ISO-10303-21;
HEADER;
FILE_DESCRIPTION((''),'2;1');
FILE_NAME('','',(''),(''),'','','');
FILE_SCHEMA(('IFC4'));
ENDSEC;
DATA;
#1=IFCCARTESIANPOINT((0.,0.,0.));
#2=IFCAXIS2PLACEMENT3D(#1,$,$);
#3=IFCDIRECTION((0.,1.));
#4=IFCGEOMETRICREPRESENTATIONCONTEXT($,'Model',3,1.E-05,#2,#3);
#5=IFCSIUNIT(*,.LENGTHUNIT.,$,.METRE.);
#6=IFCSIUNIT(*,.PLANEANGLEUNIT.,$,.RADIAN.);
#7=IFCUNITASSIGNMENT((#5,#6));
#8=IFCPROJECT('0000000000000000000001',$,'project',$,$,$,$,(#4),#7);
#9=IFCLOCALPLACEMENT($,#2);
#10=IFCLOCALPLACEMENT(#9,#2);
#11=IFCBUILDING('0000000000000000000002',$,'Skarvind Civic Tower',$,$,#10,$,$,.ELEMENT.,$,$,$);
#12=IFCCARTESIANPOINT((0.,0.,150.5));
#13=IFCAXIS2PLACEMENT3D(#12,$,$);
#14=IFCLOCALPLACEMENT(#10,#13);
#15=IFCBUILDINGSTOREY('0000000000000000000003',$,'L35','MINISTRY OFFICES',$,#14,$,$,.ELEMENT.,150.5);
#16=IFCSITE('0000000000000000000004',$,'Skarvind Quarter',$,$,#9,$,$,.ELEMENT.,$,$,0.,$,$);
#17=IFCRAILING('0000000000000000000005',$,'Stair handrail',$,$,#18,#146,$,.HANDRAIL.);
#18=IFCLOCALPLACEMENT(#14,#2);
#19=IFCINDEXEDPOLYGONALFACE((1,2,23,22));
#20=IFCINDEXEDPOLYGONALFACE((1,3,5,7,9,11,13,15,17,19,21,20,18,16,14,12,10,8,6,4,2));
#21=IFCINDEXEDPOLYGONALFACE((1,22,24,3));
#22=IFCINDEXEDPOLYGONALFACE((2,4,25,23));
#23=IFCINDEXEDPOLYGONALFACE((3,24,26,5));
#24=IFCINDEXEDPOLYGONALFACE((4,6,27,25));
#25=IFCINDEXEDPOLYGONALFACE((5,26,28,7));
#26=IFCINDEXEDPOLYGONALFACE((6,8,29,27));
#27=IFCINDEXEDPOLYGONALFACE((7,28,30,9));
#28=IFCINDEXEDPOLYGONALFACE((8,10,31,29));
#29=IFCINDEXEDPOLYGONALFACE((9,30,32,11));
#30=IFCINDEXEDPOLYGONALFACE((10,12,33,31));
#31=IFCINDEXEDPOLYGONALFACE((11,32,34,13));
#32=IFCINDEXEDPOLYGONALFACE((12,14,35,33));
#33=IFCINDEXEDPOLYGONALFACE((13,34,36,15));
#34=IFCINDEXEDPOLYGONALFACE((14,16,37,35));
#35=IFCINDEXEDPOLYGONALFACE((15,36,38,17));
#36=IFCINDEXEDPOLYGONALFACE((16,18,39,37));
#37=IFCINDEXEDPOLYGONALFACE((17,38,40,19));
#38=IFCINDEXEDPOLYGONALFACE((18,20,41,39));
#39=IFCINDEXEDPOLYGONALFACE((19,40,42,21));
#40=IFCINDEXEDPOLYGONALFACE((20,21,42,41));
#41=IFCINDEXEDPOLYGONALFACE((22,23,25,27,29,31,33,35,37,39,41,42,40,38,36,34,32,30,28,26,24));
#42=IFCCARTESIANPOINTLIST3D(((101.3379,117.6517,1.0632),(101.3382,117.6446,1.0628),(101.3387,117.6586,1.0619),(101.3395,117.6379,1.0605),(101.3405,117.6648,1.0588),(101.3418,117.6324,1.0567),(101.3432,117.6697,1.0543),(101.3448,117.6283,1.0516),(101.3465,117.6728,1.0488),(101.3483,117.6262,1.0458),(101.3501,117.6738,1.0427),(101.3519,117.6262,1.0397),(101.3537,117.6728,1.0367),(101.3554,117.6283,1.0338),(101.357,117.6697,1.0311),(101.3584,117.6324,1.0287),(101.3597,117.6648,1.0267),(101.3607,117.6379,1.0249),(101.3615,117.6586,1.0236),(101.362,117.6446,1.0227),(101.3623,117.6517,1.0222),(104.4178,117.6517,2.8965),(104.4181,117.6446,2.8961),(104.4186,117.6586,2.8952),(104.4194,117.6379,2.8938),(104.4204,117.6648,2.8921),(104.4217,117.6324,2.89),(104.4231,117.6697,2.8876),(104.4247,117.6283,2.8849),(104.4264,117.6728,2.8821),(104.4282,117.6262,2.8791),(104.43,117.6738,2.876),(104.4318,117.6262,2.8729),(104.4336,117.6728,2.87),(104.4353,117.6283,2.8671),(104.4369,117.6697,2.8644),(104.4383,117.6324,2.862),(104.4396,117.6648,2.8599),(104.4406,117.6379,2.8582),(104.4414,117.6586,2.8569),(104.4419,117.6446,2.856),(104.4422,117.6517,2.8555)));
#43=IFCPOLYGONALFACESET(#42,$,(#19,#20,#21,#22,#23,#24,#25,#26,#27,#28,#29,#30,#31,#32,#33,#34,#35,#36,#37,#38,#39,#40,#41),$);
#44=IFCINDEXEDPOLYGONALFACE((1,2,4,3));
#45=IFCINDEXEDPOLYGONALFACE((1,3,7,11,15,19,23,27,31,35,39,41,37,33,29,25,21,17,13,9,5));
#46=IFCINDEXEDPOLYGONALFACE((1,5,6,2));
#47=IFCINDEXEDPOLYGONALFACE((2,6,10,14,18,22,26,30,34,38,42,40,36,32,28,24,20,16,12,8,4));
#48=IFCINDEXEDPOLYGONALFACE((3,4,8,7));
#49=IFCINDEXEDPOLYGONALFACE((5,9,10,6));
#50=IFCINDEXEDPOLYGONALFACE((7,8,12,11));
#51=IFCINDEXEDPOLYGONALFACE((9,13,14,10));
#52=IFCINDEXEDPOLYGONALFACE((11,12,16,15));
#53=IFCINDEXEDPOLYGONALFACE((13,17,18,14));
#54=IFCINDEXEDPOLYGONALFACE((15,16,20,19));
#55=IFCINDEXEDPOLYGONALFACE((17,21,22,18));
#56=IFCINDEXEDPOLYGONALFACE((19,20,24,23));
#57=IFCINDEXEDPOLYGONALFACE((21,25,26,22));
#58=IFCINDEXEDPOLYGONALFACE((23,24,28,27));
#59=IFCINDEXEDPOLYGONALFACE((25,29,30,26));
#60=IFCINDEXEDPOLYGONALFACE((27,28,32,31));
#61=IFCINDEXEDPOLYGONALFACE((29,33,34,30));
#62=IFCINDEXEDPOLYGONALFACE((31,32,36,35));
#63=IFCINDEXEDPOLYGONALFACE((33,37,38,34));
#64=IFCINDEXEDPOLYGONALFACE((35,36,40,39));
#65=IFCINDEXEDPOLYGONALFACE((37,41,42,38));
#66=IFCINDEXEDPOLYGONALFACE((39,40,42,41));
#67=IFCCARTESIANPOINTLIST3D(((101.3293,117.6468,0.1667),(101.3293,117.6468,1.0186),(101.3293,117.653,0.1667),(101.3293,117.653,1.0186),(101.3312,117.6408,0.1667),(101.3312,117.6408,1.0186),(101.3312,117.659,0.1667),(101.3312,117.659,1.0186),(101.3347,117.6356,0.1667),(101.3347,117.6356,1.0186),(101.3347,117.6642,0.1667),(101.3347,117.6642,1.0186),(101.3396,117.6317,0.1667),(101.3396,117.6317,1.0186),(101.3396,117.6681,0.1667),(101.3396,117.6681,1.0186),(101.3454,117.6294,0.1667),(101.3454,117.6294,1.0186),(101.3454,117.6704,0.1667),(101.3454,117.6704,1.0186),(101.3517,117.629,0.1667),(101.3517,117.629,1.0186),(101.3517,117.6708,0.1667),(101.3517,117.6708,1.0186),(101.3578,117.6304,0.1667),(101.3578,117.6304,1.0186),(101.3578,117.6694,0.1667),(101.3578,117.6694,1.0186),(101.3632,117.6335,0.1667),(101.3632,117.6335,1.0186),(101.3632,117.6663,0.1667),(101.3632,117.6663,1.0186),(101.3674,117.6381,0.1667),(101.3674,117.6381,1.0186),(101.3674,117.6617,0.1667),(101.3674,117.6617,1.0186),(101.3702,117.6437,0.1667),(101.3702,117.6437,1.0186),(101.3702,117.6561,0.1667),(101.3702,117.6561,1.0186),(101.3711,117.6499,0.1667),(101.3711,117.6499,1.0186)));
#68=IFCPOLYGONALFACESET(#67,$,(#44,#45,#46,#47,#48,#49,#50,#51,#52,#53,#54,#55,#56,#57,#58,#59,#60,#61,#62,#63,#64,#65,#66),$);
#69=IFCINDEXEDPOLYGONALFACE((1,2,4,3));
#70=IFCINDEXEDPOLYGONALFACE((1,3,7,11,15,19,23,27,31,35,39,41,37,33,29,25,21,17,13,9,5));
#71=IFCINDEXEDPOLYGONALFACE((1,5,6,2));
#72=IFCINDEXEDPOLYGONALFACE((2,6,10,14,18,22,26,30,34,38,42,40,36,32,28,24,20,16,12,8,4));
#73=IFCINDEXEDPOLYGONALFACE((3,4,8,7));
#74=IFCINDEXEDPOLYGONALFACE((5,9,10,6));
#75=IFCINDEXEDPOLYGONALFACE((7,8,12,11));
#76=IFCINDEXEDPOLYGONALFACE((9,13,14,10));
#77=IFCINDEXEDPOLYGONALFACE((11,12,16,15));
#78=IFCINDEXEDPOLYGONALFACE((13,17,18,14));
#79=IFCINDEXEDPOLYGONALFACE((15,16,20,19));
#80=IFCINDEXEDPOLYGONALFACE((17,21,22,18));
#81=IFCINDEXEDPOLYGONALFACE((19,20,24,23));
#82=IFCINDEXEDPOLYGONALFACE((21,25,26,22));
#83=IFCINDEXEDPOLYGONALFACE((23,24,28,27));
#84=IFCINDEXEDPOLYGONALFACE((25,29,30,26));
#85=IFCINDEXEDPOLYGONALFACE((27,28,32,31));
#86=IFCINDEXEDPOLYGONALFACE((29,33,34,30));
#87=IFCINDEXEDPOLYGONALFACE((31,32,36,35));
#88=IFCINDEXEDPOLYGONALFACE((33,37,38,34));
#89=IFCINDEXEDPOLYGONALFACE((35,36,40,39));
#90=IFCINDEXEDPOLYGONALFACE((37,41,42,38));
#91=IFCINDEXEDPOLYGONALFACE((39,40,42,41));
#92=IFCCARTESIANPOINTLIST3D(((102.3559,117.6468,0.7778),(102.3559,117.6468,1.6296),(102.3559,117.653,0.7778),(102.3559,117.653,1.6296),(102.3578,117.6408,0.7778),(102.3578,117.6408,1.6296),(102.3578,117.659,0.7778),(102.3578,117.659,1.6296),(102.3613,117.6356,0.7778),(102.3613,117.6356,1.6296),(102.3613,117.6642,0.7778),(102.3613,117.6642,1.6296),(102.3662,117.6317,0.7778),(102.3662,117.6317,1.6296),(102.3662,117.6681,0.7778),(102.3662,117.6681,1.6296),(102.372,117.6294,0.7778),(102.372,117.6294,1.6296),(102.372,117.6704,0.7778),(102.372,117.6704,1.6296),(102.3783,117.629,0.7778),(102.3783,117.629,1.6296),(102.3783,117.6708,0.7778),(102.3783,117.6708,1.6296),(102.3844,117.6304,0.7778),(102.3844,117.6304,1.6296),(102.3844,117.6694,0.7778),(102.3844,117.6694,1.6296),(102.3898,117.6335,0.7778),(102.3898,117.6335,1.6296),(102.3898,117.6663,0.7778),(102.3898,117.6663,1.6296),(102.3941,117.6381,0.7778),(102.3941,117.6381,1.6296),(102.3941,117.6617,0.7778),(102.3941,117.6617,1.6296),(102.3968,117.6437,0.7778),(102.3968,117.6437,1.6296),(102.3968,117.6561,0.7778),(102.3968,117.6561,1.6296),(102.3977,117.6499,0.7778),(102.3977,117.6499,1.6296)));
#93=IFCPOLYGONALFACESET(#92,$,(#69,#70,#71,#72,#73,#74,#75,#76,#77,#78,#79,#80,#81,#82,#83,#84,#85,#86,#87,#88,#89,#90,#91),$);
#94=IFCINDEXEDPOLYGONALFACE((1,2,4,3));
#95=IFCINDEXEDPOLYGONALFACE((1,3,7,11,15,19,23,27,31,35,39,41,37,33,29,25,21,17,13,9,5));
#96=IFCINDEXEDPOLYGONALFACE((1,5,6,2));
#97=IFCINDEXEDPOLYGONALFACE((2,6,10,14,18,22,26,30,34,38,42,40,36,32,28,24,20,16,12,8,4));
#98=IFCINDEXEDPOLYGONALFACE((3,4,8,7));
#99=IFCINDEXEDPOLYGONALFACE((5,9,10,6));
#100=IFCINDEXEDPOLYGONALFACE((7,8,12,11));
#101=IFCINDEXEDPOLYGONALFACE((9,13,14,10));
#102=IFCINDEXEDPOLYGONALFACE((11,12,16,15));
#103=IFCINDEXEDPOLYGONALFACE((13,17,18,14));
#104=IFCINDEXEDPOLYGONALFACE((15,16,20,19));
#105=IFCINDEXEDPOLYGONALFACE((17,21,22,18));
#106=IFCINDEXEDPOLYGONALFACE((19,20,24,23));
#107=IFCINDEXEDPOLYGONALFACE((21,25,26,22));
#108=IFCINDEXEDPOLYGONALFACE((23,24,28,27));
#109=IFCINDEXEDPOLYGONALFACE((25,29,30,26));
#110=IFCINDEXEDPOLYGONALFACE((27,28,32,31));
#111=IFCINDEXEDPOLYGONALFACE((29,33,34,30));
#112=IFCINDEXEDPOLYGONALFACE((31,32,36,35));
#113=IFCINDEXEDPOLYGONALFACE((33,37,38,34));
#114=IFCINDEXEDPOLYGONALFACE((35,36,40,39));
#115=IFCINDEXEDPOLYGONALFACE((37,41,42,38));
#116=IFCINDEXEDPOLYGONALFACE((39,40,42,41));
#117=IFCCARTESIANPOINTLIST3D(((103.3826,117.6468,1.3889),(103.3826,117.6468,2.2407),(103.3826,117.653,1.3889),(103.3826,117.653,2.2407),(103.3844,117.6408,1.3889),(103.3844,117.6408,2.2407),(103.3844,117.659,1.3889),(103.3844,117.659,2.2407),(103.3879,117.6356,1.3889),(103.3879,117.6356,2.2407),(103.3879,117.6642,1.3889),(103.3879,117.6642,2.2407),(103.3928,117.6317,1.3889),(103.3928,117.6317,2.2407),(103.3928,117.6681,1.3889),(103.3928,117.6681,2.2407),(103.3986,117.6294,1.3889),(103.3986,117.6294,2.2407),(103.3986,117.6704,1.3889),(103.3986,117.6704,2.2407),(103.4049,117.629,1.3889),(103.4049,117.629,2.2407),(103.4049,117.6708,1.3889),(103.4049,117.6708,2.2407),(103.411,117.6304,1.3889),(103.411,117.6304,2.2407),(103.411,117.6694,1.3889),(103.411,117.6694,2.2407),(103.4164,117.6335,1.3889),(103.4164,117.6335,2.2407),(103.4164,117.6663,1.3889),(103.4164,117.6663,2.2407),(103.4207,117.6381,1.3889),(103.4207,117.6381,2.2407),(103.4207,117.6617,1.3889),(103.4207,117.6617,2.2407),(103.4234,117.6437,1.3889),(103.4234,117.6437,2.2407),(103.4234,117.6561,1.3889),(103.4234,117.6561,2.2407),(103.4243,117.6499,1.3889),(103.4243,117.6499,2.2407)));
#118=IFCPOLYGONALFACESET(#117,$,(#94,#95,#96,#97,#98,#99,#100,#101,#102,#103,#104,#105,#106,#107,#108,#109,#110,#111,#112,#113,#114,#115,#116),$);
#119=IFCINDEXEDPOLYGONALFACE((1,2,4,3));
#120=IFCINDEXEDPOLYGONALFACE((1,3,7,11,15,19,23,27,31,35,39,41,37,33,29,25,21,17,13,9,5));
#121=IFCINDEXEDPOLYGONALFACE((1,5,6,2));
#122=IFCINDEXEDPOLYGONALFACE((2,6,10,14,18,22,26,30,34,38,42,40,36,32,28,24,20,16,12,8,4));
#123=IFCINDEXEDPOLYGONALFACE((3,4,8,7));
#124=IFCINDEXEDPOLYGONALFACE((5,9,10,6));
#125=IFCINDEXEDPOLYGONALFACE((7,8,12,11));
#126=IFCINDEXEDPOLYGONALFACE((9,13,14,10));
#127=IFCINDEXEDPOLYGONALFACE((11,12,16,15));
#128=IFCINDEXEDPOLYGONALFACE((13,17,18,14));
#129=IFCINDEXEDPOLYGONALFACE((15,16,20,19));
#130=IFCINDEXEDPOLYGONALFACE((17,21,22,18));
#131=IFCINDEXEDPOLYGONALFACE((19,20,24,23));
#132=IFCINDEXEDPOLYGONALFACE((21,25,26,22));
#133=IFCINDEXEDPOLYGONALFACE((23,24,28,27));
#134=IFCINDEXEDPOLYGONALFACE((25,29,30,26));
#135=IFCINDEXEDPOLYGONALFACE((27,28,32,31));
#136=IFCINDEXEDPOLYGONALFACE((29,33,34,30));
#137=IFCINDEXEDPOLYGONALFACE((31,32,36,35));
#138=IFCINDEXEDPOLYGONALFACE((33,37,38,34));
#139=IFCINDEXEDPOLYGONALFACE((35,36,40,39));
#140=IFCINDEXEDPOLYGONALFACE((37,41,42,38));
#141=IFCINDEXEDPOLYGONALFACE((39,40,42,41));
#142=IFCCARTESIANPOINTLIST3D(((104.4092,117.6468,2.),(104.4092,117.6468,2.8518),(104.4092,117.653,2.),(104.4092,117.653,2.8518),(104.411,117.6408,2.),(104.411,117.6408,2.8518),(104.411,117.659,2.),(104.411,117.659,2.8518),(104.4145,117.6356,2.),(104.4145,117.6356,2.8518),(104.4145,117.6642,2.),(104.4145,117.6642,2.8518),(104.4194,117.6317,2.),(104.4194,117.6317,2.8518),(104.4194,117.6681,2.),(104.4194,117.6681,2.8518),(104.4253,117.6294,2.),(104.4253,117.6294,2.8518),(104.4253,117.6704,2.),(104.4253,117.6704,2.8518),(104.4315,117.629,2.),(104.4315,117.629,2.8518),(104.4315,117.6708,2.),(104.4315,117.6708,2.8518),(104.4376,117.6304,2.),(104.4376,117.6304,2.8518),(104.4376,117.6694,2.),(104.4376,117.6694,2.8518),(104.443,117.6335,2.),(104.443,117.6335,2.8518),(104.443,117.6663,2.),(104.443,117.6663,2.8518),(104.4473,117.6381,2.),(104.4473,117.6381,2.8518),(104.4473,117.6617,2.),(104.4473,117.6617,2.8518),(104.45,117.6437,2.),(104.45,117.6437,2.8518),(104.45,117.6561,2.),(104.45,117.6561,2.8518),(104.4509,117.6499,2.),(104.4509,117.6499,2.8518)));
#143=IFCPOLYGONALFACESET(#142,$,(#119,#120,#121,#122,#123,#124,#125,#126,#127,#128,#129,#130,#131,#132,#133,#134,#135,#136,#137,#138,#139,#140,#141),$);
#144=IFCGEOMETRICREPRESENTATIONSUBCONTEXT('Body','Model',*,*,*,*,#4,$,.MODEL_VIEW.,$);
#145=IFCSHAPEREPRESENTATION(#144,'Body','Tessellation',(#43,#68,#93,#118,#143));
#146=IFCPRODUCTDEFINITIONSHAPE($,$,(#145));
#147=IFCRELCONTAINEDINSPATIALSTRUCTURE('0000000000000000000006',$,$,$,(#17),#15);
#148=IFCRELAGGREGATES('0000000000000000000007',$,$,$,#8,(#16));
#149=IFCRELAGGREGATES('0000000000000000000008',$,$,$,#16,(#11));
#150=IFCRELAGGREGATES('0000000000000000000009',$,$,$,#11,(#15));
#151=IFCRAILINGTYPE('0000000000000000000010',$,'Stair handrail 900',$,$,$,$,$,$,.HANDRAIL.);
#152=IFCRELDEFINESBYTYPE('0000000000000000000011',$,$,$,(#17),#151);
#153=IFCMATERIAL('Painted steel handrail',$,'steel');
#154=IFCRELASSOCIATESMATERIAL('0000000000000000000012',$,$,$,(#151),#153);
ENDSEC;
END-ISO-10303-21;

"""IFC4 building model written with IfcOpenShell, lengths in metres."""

from ifc_helpers import new_model, si_unit, direction, frame, origin, origin_2d, place, context, subcontext, project, spatial, circle, extrude, material, type_object, element, save


model = new_model("IFC4")

# Units and contexts
model_context = context("Model", 3, precision=1e-05, world=origin(), true_north=direction((0.0, 1.0)))
body_context = subcontext(model_context, "Body", "Model", "MODEL_VIEW")
ifc_project = project(units=[si_unit("LENGTHUNIT", "METRE"), si_unit("PLANEANGLEUNIT", "RADIAN")], contexts=[model_context])

# Site, building, storey
site_placement = place(None, origin())
site = spatial("IfcSite", under=ifc_project, at=site_placement, Name="Skarvind Quarter", CompositionType="ELEMENT", RefElevation=0.0)
building_placement = place(site_placement, origin())
building = spatial("IfcBuilding", under=site, at=building_placement, Name="Skarvind Civic Tower", CompositionType="ELEMENT")
storey_placement = place(building_placement, frame((0.0, 0.0, 150.5)))
storey = spatial("IfcBuildingStorey", under=building, at=storey_placement, Name="L35", Description="MINISTRY OFFICES", CompositionType="ELEMENT", Elevation=150.5)

# Railing
ifc_material_1 = material(Name="Painted steel handrail", Category="steel")
railing_type = type_object("IfcRailingType", Name="Stair handrail 900", PredefinedType="HANDRAIL", material=ifc_material_1)
railing_1_placement = place(storey_placement, frame((101.3501, 117.6499, 0.1667)))
element("IfcRailing", 1, at=railing_1_placement, inside=storey, type_object=railing_type, Name="Stair handrail", PredefinedType="HANDRAIL", context=body_context, shape_type="SweptSolid", body=[
    extrude(circle(Radius=0.0239, at=origin_2d()), frame((0.0, 0.0, 0.876), z_axis=(0.859291, 0.0, 0.511487), x_axis=(0.0, 1.0, 0.0)), (0.0, 0.0, 1.0), 3.5842),
    extrude(circle(Radius=0.021, at=origin_2d()), origin(), (0.0, 0.0, 1.0), 0.8518),
    extrude(circle(Radius=0.021, at=origin_2d()), frame((1.0266, 0.0, 0.6111)), (0.0, 0.0, 1.0), 0.8518),
    extrude(circle(Radius=0.021, at=origin_2d()), frame((2.0532, 0.0, 1.2222)), (0.0, 0.0, 1.0), 0.8518),
    extrude(circle(Radius=0.021, at=origin_2d()), frame((3.0798, 0.0, 1.8333)), (0.0, 0.0, 1.0), 0.8518),
])

save(model, "model.ifc")
